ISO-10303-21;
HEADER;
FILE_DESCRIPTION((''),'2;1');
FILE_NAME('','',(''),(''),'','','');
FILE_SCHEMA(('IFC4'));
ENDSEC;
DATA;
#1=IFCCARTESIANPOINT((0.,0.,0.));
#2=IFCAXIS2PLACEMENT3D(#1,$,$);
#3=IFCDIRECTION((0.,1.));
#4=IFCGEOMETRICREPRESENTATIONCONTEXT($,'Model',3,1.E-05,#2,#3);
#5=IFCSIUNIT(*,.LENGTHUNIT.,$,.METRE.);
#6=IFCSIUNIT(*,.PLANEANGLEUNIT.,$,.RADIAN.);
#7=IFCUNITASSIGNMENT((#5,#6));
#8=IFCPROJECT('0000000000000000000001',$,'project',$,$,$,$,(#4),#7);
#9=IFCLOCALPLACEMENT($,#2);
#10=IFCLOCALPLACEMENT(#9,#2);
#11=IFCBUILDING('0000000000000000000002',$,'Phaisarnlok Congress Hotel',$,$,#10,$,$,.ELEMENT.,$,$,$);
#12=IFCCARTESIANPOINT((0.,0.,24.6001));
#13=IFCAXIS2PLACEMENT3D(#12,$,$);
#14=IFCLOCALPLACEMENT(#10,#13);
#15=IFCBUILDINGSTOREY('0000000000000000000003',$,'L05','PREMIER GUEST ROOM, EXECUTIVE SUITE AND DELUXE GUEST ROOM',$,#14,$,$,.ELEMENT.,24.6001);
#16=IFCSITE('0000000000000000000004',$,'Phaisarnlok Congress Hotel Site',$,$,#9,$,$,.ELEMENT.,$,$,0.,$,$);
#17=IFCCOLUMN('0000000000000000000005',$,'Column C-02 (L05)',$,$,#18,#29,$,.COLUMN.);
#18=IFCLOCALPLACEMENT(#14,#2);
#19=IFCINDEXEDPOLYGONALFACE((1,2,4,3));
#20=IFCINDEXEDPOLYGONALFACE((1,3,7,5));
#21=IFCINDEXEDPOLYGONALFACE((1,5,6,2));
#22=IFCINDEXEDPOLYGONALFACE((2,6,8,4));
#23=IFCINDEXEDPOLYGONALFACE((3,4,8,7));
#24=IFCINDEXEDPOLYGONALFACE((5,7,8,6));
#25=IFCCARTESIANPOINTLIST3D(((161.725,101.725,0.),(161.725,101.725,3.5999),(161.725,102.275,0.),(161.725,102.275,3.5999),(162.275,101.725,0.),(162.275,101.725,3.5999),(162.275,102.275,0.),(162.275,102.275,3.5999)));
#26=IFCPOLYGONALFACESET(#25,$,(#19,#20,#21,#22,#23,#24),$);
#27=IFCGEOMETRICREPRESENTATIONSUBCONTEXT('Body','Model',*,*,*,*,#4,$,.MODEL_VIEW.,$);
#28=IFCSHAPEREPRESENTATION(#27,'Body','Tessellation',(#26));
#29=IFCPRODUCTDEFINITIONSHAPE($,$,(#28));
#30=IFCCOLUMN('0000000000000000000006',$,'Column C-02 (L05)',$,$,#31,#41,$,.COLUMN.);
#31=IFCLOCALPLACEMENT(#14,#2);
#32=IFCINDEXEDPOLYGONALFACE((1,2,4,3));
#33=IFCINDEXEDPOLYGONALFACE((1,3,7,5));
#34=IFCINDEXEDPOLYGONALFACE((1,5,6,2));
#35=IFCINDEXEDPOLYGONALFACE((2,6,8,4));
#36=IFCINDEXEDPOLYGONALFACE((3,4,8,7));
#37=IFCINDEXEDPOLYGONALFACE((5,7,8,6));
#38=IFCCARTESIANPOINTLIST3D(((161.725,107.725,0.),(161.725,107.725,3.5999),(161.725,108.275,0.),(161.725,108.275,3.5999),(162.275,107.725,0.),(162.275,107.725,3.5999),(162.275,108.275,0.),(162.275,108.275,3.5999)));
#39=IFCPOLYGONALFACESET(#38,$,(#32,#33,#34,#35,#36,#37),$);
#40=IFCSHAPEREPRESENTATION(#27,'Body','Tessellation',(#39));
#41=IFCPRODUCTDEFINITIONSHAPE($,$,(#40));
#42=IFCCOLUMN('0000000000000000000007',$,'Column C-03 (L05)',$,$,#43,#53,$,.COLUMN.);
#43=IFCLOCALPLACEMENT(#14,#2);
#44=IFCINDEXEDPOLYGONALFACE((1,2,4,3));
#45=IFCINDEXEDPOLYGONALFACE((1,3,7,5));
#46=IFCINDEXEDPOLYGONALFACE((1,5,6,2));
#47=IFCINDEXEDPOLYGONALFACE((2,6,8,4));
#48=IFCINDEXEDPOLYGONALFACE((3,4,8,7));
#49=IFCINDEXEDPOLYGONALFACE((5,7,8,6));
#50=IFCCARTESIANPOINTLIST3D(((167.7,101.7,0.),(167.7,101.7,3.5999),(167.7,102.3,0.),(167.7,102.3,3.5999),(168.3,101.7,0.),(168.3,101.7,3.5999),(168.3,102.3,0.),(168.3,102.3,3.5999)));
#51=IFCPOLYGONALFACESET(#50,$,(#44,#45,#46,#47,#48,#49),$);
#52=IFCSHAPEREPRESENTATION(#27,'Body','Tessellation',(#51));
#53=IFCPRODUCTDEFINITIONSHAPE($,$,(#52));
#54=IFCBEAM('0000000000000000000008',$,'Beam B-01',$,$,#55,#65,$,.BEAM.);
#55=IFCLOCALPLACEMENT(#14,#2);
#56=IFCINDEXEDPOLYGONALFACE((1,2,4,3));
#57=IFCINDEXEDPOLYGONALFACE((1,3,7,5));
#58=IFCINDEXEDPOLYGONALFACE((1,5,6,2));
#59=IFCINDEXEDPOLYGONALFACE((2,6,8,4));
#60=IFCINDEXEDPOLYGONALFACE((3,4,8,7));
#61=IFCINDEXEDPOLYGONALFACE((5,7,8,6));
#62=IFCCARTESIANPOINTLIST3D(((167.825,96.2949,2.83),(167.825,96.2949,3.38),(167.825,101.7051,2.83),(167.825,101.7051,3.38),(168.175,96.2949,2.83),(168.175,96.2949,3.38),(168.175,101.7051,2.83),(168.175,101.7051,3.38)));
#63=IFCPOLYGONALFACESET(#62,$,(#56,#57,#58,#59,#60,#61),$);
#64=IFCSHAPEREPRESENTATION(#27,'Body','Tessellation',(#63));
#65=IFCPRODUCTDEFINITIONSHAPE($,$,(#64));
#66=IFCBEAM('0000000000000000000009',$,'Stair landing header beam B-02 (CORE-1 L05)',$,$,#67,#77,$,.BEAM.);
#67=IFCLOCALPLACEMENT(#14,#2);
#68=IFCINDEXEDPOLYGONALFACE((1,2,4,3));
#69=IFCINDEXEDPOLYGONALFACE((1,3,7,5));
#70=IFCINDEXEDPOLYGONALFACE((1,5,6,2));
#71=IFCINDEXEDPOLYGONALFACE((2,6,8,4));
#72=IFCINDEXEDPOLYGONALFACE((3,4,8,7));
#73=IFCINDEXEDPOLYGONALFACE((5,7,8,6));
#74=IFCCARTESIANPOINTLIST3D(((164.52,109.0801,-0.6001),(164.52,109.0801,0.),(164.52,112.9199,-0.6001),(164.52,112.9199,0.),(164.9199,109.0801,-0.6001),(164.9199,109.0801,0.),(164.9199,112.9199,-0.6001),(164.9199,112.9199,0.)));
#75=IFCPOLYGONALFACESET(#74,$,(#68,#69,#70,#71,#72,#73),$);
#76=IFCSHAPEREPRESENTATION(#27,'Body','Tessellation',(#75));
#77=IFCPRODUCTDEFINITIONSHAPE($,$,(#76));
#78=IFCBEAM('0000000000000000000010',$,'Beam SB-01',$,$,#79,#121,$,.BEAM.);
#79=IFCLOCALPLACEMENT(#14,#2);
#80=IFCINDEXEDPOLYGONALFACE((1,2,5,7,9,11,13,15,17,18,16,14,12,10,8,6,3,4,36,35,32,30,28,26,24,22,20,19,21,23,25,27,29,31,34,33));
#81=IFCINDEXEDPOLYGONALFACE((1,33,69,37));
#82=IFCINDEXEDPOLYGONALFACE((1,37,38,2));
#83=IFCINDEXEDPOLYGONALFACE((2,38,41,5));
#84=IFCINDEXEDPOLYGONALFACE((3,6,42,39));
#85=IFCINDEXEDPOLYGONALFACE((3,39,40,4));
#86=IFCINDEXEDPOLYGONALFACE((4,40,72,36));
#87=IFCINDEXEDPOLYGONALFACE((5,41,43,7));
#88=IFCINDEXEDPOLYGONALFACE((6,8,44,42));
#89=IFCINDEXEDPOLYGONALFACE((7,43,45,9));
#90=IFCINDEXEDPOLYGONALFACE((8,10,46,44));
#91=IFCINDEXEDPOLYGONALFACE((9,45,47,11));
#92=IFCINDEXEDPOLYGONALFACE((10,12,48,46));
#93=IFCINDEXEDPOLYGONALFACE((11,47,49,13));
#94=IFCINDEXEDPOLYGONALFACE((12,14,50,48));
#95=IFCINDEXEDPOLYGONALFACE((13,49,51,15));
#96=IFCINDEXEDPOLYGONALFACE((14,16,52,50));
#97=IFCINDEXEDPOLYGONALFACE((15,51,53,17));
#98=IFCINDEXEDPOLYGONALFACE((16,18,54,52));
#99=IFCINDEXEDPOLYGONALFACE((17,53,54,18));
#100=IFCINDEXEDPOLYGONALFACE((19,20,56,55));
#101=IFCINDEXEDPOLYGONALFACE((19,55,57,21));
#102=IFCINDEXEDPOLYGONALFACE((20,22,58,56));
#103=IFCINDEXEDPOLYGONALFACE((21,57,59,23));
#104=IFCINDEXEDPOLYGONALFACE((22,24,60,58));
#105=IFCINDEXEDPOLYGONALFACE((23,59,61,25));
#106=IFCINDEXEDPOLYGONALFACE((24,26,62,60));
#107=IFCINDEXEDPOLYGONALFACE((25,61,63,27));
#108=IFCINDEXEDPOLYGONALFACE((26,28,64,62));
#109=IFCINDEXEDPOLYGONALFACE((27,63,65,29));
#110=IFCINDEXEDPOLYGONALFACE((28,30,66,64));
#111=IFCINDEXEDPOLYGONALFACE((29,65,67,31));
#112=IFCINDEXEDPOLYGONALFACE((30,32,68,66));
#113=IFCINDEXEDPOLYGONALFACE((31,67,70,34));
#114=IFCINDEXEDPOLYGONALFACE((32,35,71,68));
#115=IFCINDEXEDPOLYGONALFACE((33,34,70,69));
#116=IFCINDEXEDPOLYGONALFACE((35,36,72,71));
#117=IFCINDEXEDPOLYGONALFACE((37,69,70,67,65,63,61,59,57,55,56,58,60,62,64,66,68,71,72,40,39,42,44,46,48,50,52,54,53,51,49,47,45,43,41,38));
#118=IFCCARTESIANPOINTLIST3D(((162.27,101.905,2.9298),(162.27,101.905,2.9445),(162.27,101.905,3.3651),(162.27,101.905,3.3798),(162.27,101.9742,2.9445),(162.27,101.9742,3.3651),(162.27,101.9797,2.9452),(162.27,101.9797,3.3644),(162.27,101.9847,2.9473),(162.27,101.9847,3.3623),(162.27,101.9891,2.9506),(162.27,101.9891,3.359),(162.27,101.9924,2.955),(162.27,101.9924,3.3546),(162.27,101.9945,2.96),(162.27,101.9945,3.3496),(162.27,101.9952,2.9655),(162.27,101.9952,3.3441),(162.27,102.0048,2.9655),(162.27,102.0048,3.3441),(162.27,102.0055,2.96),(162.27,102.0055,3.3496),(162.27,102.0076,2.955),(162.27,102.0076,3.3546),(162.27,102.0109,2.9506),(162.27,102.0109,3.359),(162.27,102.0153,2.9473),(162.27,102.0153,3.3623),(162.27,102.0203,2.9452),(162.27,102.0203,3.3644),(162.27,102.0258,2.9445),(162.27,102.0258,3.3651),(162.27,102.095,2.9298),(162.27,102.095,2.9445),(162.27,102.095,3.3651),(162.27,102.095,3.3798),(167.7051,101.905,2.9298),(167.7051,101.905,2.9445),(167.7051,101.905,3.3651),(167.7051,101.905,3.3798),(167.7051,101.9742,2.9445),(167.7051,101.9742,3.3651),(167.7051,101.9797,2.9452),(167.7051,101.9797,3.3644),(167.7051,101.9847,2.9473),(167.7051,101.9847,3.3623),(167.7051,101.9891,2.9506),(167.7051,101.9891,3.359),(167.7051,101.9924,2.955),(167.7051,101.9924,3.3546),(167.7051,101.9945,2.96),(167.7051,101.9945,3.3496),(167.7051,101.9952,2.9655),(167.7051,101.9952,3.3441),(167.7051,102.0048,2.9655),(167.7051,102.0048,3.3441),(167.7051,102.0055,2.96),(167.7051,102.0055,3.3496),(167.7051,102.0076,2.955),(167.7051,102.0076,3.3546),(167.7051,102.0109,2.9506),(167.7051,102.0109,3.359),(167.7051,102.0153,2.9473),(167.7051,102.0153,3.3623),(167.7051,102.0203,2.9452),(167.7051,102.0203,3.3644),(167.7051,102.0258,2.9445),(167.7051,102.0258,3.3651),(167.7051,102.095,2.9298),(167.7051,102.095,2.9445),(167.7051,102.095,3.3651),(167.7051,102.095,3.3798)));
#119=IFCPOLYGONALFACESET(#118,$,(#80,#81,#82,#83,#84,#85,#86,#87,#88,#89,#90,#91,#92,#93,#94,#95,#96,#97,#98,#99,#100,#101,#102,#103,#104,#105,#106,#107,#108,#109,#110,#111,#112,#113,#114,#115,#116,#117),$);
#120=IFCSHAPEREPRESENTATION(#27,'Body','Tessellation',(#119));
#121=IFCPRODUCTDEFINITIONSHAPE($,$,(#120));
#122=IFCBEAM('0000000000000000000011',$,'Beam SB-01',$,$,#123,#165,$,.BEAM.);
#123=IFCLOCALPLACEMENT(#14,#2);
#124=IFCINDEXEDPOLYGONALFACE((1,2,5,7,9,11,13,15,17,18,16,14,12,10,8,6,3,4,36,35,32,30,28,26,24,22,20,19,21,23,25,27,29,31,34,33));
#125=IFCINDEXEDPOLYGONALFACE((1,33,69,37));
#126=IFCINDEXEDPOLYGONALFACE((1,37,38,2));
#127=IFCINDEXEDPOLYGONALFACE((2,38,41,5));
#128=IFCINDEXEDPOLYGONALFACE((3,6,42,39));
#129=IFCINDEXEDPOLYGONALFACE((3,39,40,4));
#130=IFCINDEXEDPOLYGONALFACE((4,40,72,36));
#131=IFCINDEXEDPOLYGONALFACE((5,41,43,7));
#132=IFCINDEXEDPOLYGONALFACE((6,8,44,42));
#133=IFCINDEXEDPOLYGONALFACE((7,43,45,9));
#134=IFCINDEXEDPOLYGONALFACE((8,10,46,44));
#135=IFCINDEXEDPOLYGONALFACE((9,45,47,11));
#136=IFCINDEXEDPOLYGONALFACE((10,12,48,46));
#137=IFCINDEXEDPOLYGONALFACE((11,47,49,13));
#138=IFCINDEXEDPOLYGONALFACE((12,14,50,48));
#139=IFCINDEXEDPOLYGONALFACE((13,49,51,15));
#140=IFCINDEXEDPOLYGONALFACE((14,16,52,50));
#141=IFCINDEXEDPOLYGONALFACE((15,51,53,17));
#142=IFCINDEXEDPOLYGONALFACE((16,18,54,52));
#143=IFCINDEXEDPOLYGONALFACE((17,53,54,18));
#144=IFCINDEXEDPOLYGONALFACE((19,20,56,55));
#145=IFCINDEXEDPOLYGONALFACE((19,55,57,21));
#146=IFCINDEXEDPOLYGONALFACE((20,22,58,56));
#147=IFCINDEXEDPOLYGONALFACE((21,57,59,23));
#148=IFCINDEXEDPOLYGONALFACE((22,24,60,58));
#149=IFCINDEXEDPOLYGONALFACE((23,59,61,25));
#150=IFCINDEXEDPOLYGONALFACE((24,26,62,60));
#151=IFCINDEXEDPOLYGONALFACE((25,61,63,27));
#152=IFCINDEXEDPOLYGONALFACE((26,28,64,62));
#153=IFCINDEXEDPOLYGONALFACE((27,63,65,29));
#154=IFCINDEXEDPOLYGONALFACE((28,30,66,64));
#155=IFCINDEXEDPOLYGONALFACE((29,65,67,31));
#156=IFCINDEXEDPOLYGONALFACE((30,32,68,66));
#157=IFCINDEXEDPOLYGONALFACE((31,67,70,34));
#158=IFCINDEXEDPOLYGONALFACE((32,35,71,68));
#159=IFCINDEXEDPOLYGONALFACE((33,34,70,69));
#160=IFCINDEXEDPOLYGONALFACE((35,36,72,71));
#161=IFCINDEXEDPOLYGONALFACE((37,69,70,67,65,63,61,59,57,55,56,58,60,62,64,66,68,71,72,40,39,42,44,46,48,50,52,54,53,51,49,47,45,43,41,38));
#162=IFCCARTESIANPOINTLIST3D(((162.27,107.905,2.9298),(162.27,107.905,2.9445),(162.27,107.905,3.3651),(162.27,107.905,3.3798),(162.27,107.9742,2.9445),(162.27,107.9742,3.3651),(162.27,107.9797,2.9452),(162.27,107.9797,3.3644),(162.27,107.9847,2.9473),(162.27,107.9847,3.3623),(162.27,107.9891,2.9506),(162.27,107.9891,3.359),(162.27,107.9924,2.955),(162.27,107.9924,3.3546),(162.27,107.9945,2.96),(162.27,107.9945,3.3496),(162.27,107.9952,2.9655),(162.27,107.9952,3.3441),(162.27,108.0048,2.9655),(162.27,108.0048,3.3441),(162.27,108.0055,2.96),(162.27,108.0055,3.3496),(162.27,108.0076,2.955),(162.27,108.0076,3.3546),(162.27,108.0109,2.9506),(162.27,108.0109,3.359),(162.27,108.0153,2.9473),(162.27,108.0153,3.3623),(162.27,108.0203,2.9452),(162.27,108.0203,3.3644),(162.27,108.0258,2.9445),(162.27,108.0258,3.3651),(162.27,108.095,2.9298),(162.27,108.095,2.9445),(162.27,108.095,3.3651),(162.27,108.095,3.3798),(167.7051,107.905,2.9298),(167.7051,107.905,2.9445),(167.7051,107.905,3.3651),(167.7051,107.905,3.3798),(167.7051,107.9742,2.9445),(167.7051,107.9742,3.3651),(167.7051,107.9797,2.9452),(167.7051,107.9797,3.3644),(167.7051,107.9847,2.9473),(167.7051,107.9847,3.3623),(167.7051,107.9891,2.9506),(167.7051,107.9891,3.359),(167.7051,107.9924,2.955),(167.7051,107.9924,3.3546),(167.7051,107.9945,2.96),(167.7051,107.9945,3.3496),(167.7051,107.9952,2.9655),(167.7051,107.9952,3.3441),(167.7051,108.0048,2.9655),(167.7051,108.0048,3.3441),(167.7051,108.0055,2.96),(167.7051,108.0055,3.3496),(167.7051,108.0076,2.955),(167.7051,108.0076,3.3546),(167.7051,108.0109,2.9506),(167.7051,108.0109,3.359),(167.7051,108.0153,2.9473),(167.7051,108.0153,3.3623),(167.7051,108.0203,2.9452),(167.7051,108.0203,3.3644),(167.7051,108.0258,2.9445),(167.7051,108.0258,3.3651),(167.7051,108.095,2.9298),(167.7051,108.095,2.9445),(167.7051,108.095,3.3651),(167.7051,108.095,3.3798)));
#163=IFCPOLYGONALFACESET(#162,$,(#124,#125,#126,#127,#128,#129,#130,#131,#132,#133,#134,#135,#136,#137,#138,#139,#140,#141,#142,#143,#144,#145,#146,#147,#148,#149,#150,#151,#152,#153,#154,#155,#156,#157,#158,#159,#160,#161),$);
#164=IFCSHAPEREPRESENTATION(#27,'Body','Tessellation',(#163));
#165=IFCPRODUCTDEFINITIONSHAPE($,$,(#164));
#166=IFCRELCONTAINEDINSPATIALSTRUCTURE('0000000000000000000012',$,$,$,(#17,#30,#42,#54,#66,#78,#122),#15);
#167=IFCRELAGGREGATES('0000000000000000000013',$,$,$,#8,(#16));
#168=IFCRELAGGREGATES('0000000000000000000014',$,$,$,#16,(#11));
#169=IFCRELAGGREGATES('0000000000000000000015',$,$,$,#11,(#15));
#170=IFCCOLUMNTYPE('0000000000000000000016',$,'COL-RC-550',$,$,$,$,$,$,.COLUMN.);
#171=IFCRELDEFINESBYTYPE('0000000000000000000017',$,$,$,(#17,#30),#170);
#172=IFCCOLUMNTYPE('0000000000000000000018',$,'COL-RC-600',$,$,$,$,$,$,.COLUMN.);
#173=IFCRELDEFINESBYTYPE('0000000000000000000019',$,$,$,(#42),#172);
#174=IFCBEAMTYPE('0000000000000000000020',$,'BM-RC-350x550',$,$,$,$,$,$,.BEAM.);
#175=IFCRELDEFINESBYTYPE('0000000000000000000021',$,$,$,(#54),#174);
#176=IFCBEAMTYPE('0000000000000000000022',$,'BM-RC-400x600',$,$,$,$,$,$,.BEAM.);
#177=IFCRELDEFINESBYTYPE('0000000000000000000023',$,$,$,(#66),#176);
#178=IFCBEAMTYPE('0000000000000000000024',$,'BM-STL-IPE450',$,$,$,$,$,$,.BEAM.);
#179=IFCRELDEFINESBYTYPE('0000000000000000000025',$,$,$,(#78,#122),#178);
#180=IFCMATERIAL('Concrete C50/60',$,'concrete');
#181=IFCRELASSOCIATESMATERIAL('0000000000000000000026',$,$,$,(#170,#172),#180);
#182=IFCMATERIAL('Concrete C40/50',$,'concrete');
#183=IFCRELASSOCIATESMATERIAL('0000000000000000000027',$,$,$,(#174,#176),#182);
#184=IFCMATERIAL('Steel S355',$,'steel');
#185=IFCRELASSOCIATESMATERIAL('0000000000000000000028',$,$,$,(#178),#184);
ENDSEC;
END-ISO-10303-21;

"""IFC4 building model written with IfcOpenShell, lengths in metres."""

from ifc_helpers import new_model, si_unit, direction, frame, origin, origin_2d, place, context, subcontext, project, spatial, rectangle, i_section, extrude, material, material_profile, profile_set, type_object, element, save


model = new_model("IFC4")

# Units and contexts
model_context = context("Model", 3, precision=1e-05, world=origin(), true_north=direction((0.0, 1.0)))
body_context = subcontext(model_context, "Body", "Model", "MODEL_VIEW")
ifc_project = project(units=[si_unit("LENGTHUNIT", "METRE"), si_unit("PLANEANGLEUNIT", "RADIAN")], contexts=[model_context])

# Site, building, storey
site_placement = place(None, origin())
site = spatial("IfcSite", under=ifc_project, at=site_placement, Name="Phaisarnlok Congress Hotel Site", CompositionType="ELEMENT", RefElevation=0.0)
building_placement = place(site_placement, origin())
building = spatial("IfcBuilding", under=site, at=building_placement, Name="Phaisarnlok Congress Hotel", CompositionType="ELEMENT")
storey_placement = place(building_placement, frame((0.0, 0.0, 24.6001)))
storey = spatial("IfcBuildingStorey", under=building, at=storey_placement, Name="L05", Description="PREMIER GUEST ROOM, EXECUTIVE SUITE AND DELUXE GUEST ROOM", CompositionType="ELEMENT", Elevation=24.6001)

# Columns
ifc_material_1 = material(Name="Concrete C50/60", Category="concrete")
ifc_material_profile_1 = material_profile(ifc_material_1, rectangle(XDim=0.55, YDim=0.55, at=origin_2d()), Name="RC 550x550")
ifc_profile_set_1 = profile_set([ifc_material_profile_1], Name="Concrete C50/60")
column_type_1 = type_object("IfcColumnType", Name="COL-RC-550", PredefinedType="COLUMN", material=ifc_profile_set_1)
for number, where, z_axis, x_axis, name in (
    (1, (162.0, 102.0, 0.0), (0.0, 0.0, 1.0), (1.0, 0.0, 0.0), "Column C-02 (L05)"),
    (2, (162.0, 108.0, 0.0), (0.0, 0.0, 1.0), (1.0, 0.0, 0.0), "Column C-02 (L05)"),
):
    element("IfcColumn", number, at=place(storey_placement, frame(where, z_axis=z_axis, x_axis=x_axis)), inside=storey, type_object=column_type_1, Name=name, PredefinedType="COLUMN", context=body_context, shape_type="SweptSolid", body=[
        extrude(rectangle(XDim=0.55, YDim=0.55, at=origin_2d()), origin(), (0.0, 0.0, 1.0), 3.5999),
    ])
ifc_material_profile_2 = material_profile(ifc_material_1, rectangle(XDim=0.6001, YDim=0.6001, at=origin_2d()), Name="RC 600x600")
ifc_profile_set_2 = profile_set([ifc_material_profile_2], Name="Concrete C50/60")
column_type_2 = type_object("IfcColumnType", Name="COL-RC-600", PredefinedType="COLUMN", material=ifc_profile_set_2)
column_placement = place(storey_placement, frame((168.0, 102.0, 0.0), z_axis=(0.0, 0.0, 1.0), x_axis=(1.0, 0.0, 0.0)))
element("IfcColumn", 3, at=column_placement, inside=storey, type_object=column_type_2, Name="Column C-03 (L05)", PredefinedType="COLUMN", context=body_context, shape_type="SweptSolid", body=[
    extrude(rectangle(XDim=0.6001, YDim=0.6001, at=origin_2d()), origin(), (0.0, 0.0, 1.0), 3.5999),
])

# Beams
ifc_material_2 = material(Name="Concrete C40/50", Category="concrete")
ifc_material_profile_3 = material_profile(ifc_material_2, rectangle(XDim=0.3501, YDim=0.55, at=origin_2d()), Name="RC 350x550")
ifc_profile_set_3 = profile_set([ifc_material_profile_3], Name="Concrete C40/50")
beam_type_1 = type_object("IfcBeamType", Name="BM-RC-350x550", PredefinedType="BEAM", material=ifc_profile_set_3)
beam_1_placement = place(storey_placement, frame((168.0, 96.2949, 3.105), z_axis=(0.0, 1.0, 0.0), x_axis=(-1.0, 0.0, 0.0)))
element("IfcBeam", 4, at=beam_1_placement, inside=storey, type_object=beam_type_1, Name="Beam B-01", PredefinedType="BEAM", context=body_context, shape_type="SweptSolid", body=[
    extrude(rectangle(XDim=0.3501, YDim=0.55, at=origin_2d()), origin(), (0.0, 0.0, 1.0), 5.4102),
])
ifc_material_profile_4 = material_profile(ifc_material_2, rectangle(XDim=0.3999, YDim=0.6001, at=origin_2d()), Name="RC 400x600")
ifc_profile_set_4 = profile_set([ifc_material_profile_4], Name="Concrete C40/50")
beam_type_2 = type_object("IfcBeamType", Name="BM-RC-400x600", PredefinedType="BEAM", material=ifc_profile_set_4)
beam_2_placement = place(storey_placement, frame((164.72, 109.0801, -0.3), z_axis=(0.0, 1.0, 0.0), x_axis=(-1.0, 0.0, 0.0)))
element("IfcBeam", 5, at=beam_2_placement, inside=storey, type_object=beam_type_2, Name="Stair landing header beam B-02 (CORE-1 L05)", PredefinedType="BEAM", context=body_context, shape_type="SweptSolid", body=[
    extrude(rectangle(XDim=0.3999, YDim=0.6001, at=origin_2d()), origin(), (0.0, 0.0, 1.0), 3.8398),
])
ifc_material_3 = material(Name="Steel S355", Category="steel")
ifc_material_profile_5 = material_profile(ifc_material_3, i_section(OverallWidth=0.1899, OverallDepth=0.45, WebThickness=0.0095, FlangeThickness=0.0146, FilletRadius=0.021, at=origin_2d()), Name="IPE 450")
ifc_profile_set_5 = profile_set([ifc_material_profile_5], Name="Steel S355")
beam_type_3 = type_object("IfcBeamType", Name="BM-STL-IPE450", PredefinedType="BEAM", material=ifc_profile_set_5)
for number, where, z_axis, x_axis, name in (
    (6, (162.27, 102.0, 3.1548), (1.0, 0.0, 0.0), (0.0, 1.0, 0.0), "Beam SB-01"),
    (7, (162.27, 108.0, 3.1548), (1.0, 0.0, 0.0), (0.0, 1.0, 0.0), "Beam SB-01"),
):
    element("IfcBeam", number, at=place(storey_placement, frame(where, z_axis=z_axis, x_axis=x_axis)), inside=storey, type_object=beam_type_3, Name=name, PredefinedType="BEAM", context=body_context, shape_type="SweptSolid", body=[
        extrude(i_section(OverallWidth=0.1899, OverallDepth=0.45, WebThickness=0.0095, FlangeThickness=0.0146, FilletRadius=0.021, at=origin_2d()), origin(), (0.0, 0.0, 1.0), 5.4351),
    ])

save(model, "model.ifc")
